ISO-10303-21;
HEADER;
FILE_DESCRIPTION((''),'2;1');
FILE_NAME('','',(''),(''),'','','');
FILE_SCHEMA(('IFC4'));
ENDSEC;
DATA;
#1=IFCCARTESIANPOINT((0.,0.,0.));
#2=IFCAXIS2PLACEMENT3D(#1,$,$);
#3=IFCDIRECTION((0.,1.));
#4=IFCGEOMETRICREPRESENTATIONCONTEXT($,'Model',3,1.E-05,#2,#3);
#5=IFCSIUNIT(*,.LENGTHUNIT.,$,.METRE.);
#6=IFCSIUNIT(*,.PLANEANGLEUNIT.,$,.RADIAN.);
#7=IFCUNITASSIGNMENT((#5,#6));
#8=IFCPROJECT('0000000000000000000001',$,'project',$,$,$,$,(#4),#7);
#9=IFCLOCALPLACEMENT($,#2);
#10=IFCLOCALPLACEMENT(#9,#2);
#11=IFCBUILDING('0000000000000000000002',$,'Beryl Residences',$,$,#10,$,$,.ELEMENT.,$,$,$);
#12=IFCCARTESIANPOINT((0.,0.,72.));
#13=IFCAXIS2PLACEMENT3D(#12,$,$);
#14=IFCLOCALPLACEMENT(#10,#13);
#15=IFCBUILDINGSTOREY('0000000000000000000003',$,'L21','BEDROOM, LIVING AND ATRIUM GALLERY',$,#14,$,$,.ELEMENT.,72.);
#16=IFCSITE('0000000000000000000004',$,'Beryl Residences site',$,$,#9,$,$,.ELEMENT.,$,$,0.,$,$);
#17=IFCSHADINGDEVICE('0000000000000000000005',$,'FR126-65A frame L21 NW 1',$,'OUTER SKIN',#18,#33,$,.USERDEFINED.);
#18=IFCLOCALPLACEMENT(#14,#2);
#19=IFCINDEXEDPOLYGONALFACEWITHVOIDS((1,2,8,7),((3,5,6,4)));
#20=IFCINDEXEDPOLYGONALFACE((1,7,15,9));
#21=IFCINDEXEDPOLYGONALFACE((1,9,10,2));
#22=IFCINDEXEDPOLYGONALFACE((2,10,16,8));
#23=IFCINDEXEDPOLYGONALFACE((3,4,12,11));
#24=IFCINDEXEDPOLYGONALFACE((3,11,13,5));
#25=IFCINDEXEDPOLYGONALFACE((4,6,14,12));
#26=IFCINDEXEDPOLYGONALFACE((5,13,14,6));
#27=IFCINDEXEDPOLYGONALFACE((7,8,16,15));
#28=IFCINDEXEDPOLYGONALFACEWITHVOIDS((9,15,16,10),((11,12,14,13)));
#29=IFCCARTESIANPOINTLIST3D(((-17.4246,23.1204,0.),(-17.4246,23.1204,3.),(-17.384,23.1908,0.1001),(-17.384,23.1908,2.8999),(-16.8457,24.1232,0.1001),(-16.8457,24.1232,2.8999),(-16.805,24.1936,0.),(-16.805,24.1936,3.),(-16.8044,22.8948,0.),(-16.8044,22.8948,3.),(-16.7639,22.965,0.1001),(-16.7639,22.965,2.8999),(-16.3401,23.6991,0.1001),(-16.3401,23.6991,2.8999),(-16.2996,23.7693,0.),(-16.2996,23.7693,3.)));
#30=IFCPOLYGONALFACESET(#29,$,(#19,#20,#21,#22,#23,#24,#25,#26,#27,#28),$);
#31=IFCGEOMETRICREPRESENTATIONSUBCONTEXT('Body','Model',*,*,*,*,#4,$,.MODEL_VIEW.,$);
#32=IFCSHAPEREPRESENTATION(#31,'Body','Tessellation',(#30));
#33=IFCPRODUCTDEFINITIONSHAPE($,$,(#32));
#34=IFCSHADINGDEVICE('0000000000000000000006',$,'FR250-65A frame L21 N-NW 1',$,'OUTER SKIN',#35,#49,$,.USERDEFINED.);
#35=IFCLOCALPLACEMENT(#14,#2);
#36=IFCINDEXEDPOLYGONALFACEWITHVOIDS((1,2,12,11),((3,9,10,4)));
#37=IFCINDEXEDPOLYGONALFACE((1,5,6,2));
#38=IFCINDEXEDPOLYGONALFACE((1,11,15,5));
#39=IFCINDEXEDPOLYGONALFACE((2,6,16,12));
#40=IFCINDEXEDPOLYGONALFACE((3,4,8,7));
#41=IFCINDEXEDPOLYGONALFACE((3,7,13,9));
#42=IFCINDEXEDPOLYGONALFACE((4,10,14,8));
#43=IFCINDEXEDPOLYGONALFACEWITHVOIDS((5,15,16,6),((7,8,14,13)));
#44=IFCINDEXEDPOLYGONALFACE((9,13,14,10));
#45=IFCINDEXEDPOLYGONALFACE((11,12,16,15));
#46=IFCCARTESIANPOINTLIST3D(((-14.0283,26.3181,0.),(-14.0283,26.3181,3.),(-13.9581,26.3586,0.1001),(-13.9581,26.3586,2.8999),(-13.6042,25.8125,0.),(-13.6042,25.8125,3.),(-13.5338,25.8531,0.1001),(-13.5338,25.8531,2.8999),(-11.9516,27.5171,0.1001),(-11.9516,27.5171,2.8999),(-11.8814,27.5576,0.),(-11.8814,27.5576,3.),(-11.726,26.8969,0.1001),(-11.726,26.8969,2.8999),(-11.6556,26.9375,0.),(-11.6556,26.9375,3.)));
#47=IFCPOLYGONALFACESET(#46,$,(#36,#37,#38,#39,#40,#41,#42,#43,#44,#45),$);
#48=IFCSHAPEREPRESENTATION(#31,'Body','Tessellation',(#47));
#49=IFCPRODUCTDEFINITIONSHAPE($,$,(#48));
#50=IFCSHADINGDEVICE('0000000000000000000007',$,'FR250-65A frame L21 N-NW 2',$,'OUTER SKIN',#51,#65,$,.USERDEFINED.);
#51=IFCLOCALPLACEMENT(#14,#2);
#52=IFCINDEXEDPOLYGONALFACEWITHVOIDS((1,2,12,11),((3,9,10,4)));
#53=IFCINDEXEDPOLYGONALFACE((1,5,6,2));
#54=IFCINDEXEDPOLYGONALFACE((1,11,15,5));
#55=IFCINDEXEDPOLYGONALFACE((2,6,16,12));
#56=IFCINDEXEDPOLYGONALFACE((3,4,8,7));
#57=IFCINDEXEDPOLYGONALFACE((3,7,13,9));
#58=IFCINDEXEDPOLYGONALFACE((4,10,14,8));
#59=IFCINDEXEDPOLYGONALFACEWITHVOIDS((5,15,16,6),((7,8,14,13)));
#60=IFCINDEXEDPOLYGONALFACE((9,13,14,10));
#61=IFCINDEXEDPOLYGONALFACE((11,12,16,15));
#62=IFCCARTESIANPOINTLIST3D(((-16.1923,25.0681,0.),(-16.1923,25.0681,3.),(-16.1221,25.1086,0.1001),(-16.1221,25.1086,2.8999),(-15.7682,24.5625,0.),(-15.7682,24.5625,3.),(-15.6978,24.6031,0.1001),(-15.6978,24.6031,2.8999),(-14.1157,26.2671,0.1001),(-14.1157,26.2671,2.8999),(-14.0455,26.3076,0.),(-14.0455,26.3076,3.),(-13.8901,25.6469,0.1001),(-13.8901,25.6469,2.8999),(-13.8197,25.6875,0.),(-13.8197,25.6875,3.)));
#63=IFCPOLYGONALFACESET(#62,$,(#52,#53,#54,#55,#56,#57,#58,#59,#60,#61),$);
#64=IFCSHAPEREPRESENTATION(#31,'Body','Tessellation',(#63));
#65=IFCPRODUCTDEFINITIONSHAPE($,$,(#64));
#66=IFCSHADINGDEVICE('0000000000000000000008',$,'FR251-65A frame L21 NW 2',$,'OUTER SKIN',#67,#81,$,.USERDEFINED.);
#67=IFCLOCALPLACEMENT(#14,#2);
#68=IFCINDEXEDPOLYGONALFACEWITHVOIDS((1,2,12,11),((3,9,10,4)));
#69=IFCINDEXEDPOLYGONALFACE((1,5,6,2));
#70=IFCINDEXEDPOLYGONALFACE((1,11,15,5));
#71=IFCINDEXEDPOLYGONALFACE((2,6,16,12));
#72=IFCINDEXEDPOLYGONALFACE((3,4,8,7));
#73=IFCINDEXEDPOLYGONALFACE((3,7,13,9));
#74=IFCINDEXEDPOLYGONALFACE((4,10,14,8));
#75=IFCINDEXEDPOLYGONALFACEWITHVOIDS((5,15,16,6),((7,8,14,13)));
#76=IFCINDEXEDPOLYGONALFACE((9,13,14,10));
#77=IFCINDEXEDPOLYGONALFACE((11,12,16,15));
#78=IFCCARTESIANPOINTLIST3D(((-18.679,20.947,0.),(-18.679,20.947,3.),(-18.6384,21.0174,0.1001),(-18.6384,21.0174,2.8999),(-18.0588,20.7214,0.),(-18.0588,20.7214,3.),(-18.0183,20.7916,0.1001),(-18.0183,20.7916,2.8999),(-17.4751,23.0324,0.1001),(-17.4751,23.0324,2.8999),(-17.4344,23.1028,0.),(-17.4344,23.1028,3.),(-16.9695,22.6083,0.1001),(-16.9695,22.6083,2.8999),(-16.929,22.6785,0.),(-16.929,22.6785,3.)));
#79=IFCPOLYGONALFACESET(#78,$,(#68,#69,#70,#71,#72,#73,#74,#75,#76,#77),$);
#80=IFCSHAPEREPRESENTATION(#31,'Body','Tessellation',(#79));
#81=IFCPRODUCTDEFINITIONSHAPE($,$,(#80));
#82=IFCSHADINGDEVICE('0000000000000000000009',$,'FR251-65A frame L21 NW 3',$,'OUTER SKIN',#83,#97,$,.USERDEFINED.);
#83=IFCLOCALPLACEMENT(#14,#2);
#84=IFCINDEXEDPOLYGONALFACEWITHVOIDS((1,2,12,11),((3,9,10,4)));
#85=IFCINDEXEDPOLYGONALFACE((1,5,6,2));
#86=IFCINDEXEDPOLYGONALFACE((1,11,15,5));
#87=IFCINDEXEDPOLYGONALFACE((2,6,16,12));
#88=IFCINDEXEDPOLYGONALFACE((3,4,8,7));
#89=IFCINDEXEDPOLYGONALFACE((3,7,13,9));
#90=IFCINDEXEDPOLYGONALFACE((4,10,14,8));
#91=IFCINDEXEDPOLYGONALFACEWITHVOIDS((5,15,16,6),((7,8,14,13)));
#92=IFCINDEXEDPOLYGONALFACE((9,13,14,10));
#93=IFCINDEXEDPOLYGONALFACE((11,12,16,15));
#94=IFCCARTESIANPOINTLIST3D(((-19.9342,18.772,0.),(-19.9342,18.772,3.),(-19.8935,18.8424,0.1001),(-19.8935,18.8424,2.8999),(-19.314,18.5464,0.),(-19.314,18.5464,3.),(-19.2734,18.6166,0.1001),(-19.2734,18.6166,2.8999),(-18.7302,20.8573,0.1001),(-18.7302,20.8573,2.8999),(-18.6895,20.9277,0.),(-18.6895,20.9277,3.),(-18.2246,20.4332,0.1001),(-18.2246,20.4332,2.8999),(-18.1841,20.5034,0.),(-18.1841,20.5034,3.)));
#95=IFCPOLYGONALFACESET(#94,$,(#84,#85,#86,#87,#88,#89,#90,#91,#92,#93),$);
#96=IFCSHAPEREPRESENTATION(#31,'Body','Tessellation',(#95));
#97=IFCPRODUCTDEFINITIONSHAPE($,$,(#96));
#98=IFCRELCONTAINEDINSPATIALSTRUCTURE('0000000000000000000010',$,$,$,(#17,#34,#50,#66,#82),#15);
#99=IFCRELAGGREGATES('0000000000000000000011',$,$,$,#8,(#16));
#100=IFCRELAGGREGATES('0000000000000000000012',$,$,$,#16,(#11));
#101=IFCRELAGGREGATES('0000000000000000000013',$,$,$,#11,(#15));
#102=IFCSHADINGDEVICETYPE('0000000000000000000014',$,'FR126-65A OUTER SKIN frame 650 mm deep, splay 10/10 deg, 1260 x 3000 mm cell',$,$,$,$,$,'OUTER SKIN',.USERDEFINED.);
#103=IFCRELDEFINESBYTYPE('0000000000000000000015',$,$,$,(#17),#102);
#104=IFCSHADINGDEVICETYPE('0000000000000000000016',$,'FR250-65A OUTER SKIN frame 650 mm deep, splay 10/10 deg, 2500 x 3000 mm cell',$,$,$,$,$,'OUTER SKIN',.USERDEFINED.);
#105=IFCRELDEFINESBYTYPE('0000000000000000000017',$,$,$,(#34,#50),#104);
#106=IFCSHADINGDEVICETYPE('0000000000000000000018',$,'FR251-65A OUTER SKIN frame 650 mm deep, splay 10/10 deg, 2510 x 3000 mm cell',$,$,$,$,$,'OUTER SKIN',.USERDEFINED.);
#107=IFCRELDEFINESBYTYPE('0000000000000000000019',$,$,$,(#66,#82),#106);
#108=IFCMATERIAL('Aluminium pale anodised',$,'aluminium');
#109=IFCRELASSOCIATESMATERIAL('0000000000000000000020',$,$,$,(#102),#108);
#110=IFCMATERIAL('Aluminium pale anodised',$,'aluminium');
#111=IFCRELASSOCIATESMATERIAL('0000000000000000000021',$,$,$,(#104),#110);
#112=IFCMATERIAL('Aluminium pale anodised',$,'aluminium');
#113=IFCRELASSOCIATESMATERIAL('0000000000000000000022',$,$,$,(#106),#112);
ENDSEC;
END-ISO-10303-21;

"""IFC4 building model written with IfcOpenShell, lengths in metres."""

from ifc_helpers import new_model, entity, si_unit, direction, frame, origin, place, context, subcontext, project, spatial, source, transform, mapped, material, type_object, type_shapes, element, save


model = new_model("IFC4")

# Units and contexts
model_context = context("Model", 3, precision=1e-05, world=origin(), true_north=direction((0.0, 1.0)))
body_context = subcontext(model_context, "Body", "Model", "MODEL_VIEW")
ifc_project = project(units=[si_unit("LENGTHUNIT", "METRE"), si_unit("PLANEANGLEUNIT", "RADIAN")], contexts=[model_context])

# Site, building, storey
site_placement = place(None, origin())
site = spatial("IfcSite", under=ifc_project, at=site_placement, Name="Beryl Residences site", CompositionType="ELEMENT", RefElevation=0.0)
building_placement = place(site_placement, origin())
building = spatial("IfcBuilding", under=site, at=building_placement, Name="Beryl Residences", CompositionType="ELEMENT")
storey_placement = place(building_placement, frame((0.0, 0.0, 72.0)))
storey = spatial("IfcBuildingStorey", under=building, at=storey_placement, Name="L21", Description="BEDROOM, LIVING AND ATRIUM GALLERY", CompositionType="ELEMENT", Elevation=72.0)

# Shading devices
ifc_material_1 = material(Name="Aluminium pale anodised", Category="aluminium")
shading_device_type_1 = type_object("IfcShadingDeviceType", Name="FR126-65A OUTER SKIN frame 650 mm deep, splay 10/10 deg, 1260 x 3000 mm cell", ElementType="OUTER SKIN", PredefinedType="USERDEFINED", material=ifc_material_1)
cartesian_point_1 = entity("IfcCartesianPoint", [-0.5049, 0.0])
cartesian_point_2 = entity("IfcCartesianPoint", [-0.4238, 0.1001])
cartesian_point_3 = entity("IfcCartesianPoint", [-0.6196, 0.0])
cartesian_point_4 = entity("IfcCartesianPoint", [-0.5383, 0.1001])
shared_shape_1 = source(origin(), body_context, "Body", "SweptSolid", [
    entity("IfcExtrudedAreaSolidTapered", entity("IfcArbitraryProfileDefWithVoids", "AREA", None, entity("IfcPolyline", [cartesian_point_1, entity("IfcCartesianPoint", [0.5049, 0.0]), entity("IfcCartesianPoint", [0.5049, 3.0]), entity("IfcCartesianPoint", [-0.5049, 3.0]), cartesian_point_1]), [entity("IfcPolyline", [cartesian_point_2, entity("IfcCartesianPoint", [0.4238, 0.1001]), entity("IfcCartesianPoint", [0.4238, 2.8999]), entity("IfcCartesianPoint", [-0.4238, 2.8999]), cartesian_point_2])]), entity("IfcAxis2Placement3D", entity("IfcCartesianPoint", [0.0, 0.0, 0.0]), entity("IfcDirection", [0.0, 1.0, 0.0]), entity("IfcDirection", [-1.0, 0.0, 0.0])), entity("IfcDirection", [0.0, 0.0, 1.0]), 0.6499, entity("IfcArbitraryProfileDefWithVoids", "AREA", None, entity("IfcPolyline", [cartesian_point_3, entity("IfcCartesianPoint", [0.6196, 0.0]), entity("IfcCartesianPoint", [0.6196, 3.0]), entity("IfcCartesianPoint", [-0.6196, 3.0]), cartesian_point_3]), [entity("IfcPolyline", [cartesian_point_4, entity("IfcCartesianPoint", [0.5383, 0.1001]), entity("IfcCartesianPoint", [0.5383, 2.8999]), entity("IfcCartesianPoint", [-0.5383, 2.8999]), cartesian_point_4])])),
])
type_shapes(shading_device_type_1, [shared_shape_1])
shading_device_placement = place(storey_placement, frame((-16.552, 23.332, 0.0), z_axis=(0.0, 0.0, 1.0), x_axis=(0.5, 0.866025, 0.0)))
element("IfcShadingDevice", 1, at=shading_device_placement, inside=storey, type_object=shading_device_type_1, Name="FR126-65A frame L21 NW 1", ObjectType="OUTER SKIN", PredefinedType="USERDEFINED", context=body_context, shape_type="MappedRepresentation", body=[
    mapped(shared_shape_1, transform((0.0, 0.0, 0.0))),
])
ifc_material_2 = material(Name="Aluminium pale anodised", Category="aluminium")
shading_device_type_2 = type_object("IfcShadingDeviceType", Name="FR250-65A OUTER SKIN frame 650 mm deep, splay 10/10 deg, 2500 x 3000 mm cell", ElementType="OUTER SKIN", PredefinedType="USERDEFINED", material=ifc_material_2)
cartesian_point_5 = entity("IfcCartesianPoint", [-1.125, 0.0])
cartesian_point_6 = entity("IfcCartesianPoint", [-1.0437, 0.1001])
cartesian_point_7 = entity("IfcCartesianPoint", [-1.2395, 0.0])
cartesian_point_8 = entity("IfcCartesianPoint", [-1.1584, 0.1001])
shared_shape_2 = source(origin(), body_context, "Body", "SweptSolid", [
    entity("IfcExtrudedAreaSolidTapered", entity("IfcArbitraryProfileDefWithVoids", "AREA", None, entity("IfcPolyline", [cartesian_point_5, entity("IfcCartesianPoint", [1.125, 0.0]), entity("IfcCartesianPoint", [1.125, 3.0]), entity("IfcCartesianPoint", [-1.125, 3.0]), cartesian_point_5]), [entity("IfcPolyline", [cartesian_point_6, entity("IfcCartesianPoint", [1.0437, 0.1001]), entity("IfcCartesianPoint", [1.0437, 2.8999]), entity("IfcCartesianPoint", [-1.0437, 2.8999]), cartesian_point_6])]), entity("IfcAxis2Placement3D", entity("IfcCartesianPoint", [0.0, 0.0, 0.0]), entity("IfcDirection", [0.0, 1.0, 0.0]), entity("IfcDirection", [-1.0, 0.0, 0.0])), entity("IfcDirection", [0.0, 0.0, 1.0]), 0.6499, entity("IfcArbitraryProfileDefWithVoids", "AREA", None, entity("IfcPolyline", [cartesian_point_7, entity("IfcCartesianPoint", [1.2395, 0.0]), entity("IfcCartesianPoint", [1.2395, 3.0]), entity("IfcCartesianPoint", [-1.2395, 3.0]), cartesian_point_7]), [entity("IfcPolyline", [cartesian_point_8, entity("IfcCartesianPoint", [1.1584, 0.1001]), entity("IfcCartesianPoint", [1.1584, 2.8999]), entity("IfcCartesianPoint", [-1.1584, 2.8999]), cartesian_point_8])])),
])
type_shapes(shading_device_type_2, [shared_shape_2])
for number, where, z_axis, x_axis, name in (
    (2, (-12.6299, 26.375, 0.0), (0.0, 0.0, 1.0), (0.866025, 0.5, 0.0), "FR250-65A frame L21 N-NW 1"),
    (3, (-14.7939, 25.125, 0.0), (0.0, 0.0, 1.0), (0.866025, 0.5, 0.0), "FR250-65A frame L21 N-NW 2"),
):
    element("IfcShadingDevice", number, at=place(storey_placement, frame(where, z_axis=z_axis, x_axis=x_axis)), inside=storey, type_object=shading_device_type_2, Name=name, ObjectType="OUTER SKIN", PredefinedType="USERDEFINED", context=body_context, shape_type="MappedRepresentation", body=[
        mapped(shared_shape_2, transform((0.0, 0.0, 0.0))),
    ])
ifc_material_3 = material(Name="Aluminium pale anodised", Category="aluminium")
shading_device_type_3 = type_object("IfcShadingDeviceType", Name="FR251-65A OUTER SKIN frame 650 mm deep, splay 10/10 deg, 2510 x 3000 mm cell", ElementType="OUTER SKIN", PredefinedType="USERDEFINED", material=ifc_material_3)
cartesian_point_9 = entity("IfcCartesianPoint", [-1.1299, 0.0])
cartesian_point_10 = entity("IfcCartesianPoint", [-1.0488, 0.1001])
cartesian_point_11 = entity("IfcCartesianPoint", [-1.2446, 0.0])
cartesian_point_12 = entity("IfcCartesianPoint", [-1.1633, 0.1001])
shared_shape_3 = source(origin(), body_context, "Body", "SweptSolid", [
    entity("IfcExtrudedAreaSolidTapered", entity("IfcArbitraryProfileDefWithVoids", "AREA", None, entity("IfcPolyline", [cartesian_point_9, entity("IfcCartesianPoint", [1.1299, 0.0]), entity("IfcCartesianPoint", [1.1299, 3.0]), entity("IfcCartesianPoint", [-1.1299, 3.0]), cartesian_point_9]), [entity("IfcPolyline", [cartesian_point_10, entity("IfcCartesianPoint", [1.0488, 0.1001]), entity("IfcCartesianPoint", [1.0488, 2.8999]), entity("IfcCartesianPoint", [-1.0488, 2.8999]), cartesian_point_10])]), entity("IfcAxis2Placement3D", entity("IfcCartesianPoint", [0.0, 0.0, 0.0]), entity("IfcDirection", [0.0, 1.0, 0.0]), entity("IfcDirection", [-1.0, 0.0, 0.0])), entity("IfcDirection", [0.0, 0.0, 1.0]), 0.6499, entity("IfcArbitraryProfileDefWithVoids", "AREA", None, entity("IfcPolyline", [cartesian_point_11, entity("IfcCartesianPoint", [1.2446, 0.0]), entity("IfcCartesianPoint", [1.2446, 3.0]), entity("IfcCartesianPoint", [-1.2446, 3.0]), cartesian_point_11]), [entity("IfcPolyline", [cartesian_point_12, entity("IfcCartesianPoint", [1.1633, 0.1001]), entity("IfcCartesianPoint", [1.1633, 2.8999]), entity("IfcCartesianPoint", [-1.1633, 2.8999]), cartesian_point_12])])),
])
type_shapes(shading_device_type_3, [shared_shape_3])
for number, where, z_axis, x_axis, name in (
    (4, (-17.4939, 21.7, 0.0), (0.0, 0.0, 1.0), (0.5, 0.866025, 0.0), "FR251-65A frame L21 NW 2"),
    (5, (-18.749, 19.5249, 0.0), (0.0, 0.0, 1.0), (0.5, 0.866025, 0.0), "FR251-65A frame L21 NW 3"),
):
    element("IfcShadingDevice", number, at=place(storey_placement, frame(where, z_axis=z_axis, x_axis=x_axis)), inside=storey, type_object=shading_device_type_3, Name=name, ObjectType="OUTER SKIN", PredefinedType="USERDEFINED", context=body_context, shape_type="MappedRepresentation", body=[
        mapped(shared_shape_3, transform((0.0, 0.0, 0.0))),
    ])

save(model, "model.ifc")
